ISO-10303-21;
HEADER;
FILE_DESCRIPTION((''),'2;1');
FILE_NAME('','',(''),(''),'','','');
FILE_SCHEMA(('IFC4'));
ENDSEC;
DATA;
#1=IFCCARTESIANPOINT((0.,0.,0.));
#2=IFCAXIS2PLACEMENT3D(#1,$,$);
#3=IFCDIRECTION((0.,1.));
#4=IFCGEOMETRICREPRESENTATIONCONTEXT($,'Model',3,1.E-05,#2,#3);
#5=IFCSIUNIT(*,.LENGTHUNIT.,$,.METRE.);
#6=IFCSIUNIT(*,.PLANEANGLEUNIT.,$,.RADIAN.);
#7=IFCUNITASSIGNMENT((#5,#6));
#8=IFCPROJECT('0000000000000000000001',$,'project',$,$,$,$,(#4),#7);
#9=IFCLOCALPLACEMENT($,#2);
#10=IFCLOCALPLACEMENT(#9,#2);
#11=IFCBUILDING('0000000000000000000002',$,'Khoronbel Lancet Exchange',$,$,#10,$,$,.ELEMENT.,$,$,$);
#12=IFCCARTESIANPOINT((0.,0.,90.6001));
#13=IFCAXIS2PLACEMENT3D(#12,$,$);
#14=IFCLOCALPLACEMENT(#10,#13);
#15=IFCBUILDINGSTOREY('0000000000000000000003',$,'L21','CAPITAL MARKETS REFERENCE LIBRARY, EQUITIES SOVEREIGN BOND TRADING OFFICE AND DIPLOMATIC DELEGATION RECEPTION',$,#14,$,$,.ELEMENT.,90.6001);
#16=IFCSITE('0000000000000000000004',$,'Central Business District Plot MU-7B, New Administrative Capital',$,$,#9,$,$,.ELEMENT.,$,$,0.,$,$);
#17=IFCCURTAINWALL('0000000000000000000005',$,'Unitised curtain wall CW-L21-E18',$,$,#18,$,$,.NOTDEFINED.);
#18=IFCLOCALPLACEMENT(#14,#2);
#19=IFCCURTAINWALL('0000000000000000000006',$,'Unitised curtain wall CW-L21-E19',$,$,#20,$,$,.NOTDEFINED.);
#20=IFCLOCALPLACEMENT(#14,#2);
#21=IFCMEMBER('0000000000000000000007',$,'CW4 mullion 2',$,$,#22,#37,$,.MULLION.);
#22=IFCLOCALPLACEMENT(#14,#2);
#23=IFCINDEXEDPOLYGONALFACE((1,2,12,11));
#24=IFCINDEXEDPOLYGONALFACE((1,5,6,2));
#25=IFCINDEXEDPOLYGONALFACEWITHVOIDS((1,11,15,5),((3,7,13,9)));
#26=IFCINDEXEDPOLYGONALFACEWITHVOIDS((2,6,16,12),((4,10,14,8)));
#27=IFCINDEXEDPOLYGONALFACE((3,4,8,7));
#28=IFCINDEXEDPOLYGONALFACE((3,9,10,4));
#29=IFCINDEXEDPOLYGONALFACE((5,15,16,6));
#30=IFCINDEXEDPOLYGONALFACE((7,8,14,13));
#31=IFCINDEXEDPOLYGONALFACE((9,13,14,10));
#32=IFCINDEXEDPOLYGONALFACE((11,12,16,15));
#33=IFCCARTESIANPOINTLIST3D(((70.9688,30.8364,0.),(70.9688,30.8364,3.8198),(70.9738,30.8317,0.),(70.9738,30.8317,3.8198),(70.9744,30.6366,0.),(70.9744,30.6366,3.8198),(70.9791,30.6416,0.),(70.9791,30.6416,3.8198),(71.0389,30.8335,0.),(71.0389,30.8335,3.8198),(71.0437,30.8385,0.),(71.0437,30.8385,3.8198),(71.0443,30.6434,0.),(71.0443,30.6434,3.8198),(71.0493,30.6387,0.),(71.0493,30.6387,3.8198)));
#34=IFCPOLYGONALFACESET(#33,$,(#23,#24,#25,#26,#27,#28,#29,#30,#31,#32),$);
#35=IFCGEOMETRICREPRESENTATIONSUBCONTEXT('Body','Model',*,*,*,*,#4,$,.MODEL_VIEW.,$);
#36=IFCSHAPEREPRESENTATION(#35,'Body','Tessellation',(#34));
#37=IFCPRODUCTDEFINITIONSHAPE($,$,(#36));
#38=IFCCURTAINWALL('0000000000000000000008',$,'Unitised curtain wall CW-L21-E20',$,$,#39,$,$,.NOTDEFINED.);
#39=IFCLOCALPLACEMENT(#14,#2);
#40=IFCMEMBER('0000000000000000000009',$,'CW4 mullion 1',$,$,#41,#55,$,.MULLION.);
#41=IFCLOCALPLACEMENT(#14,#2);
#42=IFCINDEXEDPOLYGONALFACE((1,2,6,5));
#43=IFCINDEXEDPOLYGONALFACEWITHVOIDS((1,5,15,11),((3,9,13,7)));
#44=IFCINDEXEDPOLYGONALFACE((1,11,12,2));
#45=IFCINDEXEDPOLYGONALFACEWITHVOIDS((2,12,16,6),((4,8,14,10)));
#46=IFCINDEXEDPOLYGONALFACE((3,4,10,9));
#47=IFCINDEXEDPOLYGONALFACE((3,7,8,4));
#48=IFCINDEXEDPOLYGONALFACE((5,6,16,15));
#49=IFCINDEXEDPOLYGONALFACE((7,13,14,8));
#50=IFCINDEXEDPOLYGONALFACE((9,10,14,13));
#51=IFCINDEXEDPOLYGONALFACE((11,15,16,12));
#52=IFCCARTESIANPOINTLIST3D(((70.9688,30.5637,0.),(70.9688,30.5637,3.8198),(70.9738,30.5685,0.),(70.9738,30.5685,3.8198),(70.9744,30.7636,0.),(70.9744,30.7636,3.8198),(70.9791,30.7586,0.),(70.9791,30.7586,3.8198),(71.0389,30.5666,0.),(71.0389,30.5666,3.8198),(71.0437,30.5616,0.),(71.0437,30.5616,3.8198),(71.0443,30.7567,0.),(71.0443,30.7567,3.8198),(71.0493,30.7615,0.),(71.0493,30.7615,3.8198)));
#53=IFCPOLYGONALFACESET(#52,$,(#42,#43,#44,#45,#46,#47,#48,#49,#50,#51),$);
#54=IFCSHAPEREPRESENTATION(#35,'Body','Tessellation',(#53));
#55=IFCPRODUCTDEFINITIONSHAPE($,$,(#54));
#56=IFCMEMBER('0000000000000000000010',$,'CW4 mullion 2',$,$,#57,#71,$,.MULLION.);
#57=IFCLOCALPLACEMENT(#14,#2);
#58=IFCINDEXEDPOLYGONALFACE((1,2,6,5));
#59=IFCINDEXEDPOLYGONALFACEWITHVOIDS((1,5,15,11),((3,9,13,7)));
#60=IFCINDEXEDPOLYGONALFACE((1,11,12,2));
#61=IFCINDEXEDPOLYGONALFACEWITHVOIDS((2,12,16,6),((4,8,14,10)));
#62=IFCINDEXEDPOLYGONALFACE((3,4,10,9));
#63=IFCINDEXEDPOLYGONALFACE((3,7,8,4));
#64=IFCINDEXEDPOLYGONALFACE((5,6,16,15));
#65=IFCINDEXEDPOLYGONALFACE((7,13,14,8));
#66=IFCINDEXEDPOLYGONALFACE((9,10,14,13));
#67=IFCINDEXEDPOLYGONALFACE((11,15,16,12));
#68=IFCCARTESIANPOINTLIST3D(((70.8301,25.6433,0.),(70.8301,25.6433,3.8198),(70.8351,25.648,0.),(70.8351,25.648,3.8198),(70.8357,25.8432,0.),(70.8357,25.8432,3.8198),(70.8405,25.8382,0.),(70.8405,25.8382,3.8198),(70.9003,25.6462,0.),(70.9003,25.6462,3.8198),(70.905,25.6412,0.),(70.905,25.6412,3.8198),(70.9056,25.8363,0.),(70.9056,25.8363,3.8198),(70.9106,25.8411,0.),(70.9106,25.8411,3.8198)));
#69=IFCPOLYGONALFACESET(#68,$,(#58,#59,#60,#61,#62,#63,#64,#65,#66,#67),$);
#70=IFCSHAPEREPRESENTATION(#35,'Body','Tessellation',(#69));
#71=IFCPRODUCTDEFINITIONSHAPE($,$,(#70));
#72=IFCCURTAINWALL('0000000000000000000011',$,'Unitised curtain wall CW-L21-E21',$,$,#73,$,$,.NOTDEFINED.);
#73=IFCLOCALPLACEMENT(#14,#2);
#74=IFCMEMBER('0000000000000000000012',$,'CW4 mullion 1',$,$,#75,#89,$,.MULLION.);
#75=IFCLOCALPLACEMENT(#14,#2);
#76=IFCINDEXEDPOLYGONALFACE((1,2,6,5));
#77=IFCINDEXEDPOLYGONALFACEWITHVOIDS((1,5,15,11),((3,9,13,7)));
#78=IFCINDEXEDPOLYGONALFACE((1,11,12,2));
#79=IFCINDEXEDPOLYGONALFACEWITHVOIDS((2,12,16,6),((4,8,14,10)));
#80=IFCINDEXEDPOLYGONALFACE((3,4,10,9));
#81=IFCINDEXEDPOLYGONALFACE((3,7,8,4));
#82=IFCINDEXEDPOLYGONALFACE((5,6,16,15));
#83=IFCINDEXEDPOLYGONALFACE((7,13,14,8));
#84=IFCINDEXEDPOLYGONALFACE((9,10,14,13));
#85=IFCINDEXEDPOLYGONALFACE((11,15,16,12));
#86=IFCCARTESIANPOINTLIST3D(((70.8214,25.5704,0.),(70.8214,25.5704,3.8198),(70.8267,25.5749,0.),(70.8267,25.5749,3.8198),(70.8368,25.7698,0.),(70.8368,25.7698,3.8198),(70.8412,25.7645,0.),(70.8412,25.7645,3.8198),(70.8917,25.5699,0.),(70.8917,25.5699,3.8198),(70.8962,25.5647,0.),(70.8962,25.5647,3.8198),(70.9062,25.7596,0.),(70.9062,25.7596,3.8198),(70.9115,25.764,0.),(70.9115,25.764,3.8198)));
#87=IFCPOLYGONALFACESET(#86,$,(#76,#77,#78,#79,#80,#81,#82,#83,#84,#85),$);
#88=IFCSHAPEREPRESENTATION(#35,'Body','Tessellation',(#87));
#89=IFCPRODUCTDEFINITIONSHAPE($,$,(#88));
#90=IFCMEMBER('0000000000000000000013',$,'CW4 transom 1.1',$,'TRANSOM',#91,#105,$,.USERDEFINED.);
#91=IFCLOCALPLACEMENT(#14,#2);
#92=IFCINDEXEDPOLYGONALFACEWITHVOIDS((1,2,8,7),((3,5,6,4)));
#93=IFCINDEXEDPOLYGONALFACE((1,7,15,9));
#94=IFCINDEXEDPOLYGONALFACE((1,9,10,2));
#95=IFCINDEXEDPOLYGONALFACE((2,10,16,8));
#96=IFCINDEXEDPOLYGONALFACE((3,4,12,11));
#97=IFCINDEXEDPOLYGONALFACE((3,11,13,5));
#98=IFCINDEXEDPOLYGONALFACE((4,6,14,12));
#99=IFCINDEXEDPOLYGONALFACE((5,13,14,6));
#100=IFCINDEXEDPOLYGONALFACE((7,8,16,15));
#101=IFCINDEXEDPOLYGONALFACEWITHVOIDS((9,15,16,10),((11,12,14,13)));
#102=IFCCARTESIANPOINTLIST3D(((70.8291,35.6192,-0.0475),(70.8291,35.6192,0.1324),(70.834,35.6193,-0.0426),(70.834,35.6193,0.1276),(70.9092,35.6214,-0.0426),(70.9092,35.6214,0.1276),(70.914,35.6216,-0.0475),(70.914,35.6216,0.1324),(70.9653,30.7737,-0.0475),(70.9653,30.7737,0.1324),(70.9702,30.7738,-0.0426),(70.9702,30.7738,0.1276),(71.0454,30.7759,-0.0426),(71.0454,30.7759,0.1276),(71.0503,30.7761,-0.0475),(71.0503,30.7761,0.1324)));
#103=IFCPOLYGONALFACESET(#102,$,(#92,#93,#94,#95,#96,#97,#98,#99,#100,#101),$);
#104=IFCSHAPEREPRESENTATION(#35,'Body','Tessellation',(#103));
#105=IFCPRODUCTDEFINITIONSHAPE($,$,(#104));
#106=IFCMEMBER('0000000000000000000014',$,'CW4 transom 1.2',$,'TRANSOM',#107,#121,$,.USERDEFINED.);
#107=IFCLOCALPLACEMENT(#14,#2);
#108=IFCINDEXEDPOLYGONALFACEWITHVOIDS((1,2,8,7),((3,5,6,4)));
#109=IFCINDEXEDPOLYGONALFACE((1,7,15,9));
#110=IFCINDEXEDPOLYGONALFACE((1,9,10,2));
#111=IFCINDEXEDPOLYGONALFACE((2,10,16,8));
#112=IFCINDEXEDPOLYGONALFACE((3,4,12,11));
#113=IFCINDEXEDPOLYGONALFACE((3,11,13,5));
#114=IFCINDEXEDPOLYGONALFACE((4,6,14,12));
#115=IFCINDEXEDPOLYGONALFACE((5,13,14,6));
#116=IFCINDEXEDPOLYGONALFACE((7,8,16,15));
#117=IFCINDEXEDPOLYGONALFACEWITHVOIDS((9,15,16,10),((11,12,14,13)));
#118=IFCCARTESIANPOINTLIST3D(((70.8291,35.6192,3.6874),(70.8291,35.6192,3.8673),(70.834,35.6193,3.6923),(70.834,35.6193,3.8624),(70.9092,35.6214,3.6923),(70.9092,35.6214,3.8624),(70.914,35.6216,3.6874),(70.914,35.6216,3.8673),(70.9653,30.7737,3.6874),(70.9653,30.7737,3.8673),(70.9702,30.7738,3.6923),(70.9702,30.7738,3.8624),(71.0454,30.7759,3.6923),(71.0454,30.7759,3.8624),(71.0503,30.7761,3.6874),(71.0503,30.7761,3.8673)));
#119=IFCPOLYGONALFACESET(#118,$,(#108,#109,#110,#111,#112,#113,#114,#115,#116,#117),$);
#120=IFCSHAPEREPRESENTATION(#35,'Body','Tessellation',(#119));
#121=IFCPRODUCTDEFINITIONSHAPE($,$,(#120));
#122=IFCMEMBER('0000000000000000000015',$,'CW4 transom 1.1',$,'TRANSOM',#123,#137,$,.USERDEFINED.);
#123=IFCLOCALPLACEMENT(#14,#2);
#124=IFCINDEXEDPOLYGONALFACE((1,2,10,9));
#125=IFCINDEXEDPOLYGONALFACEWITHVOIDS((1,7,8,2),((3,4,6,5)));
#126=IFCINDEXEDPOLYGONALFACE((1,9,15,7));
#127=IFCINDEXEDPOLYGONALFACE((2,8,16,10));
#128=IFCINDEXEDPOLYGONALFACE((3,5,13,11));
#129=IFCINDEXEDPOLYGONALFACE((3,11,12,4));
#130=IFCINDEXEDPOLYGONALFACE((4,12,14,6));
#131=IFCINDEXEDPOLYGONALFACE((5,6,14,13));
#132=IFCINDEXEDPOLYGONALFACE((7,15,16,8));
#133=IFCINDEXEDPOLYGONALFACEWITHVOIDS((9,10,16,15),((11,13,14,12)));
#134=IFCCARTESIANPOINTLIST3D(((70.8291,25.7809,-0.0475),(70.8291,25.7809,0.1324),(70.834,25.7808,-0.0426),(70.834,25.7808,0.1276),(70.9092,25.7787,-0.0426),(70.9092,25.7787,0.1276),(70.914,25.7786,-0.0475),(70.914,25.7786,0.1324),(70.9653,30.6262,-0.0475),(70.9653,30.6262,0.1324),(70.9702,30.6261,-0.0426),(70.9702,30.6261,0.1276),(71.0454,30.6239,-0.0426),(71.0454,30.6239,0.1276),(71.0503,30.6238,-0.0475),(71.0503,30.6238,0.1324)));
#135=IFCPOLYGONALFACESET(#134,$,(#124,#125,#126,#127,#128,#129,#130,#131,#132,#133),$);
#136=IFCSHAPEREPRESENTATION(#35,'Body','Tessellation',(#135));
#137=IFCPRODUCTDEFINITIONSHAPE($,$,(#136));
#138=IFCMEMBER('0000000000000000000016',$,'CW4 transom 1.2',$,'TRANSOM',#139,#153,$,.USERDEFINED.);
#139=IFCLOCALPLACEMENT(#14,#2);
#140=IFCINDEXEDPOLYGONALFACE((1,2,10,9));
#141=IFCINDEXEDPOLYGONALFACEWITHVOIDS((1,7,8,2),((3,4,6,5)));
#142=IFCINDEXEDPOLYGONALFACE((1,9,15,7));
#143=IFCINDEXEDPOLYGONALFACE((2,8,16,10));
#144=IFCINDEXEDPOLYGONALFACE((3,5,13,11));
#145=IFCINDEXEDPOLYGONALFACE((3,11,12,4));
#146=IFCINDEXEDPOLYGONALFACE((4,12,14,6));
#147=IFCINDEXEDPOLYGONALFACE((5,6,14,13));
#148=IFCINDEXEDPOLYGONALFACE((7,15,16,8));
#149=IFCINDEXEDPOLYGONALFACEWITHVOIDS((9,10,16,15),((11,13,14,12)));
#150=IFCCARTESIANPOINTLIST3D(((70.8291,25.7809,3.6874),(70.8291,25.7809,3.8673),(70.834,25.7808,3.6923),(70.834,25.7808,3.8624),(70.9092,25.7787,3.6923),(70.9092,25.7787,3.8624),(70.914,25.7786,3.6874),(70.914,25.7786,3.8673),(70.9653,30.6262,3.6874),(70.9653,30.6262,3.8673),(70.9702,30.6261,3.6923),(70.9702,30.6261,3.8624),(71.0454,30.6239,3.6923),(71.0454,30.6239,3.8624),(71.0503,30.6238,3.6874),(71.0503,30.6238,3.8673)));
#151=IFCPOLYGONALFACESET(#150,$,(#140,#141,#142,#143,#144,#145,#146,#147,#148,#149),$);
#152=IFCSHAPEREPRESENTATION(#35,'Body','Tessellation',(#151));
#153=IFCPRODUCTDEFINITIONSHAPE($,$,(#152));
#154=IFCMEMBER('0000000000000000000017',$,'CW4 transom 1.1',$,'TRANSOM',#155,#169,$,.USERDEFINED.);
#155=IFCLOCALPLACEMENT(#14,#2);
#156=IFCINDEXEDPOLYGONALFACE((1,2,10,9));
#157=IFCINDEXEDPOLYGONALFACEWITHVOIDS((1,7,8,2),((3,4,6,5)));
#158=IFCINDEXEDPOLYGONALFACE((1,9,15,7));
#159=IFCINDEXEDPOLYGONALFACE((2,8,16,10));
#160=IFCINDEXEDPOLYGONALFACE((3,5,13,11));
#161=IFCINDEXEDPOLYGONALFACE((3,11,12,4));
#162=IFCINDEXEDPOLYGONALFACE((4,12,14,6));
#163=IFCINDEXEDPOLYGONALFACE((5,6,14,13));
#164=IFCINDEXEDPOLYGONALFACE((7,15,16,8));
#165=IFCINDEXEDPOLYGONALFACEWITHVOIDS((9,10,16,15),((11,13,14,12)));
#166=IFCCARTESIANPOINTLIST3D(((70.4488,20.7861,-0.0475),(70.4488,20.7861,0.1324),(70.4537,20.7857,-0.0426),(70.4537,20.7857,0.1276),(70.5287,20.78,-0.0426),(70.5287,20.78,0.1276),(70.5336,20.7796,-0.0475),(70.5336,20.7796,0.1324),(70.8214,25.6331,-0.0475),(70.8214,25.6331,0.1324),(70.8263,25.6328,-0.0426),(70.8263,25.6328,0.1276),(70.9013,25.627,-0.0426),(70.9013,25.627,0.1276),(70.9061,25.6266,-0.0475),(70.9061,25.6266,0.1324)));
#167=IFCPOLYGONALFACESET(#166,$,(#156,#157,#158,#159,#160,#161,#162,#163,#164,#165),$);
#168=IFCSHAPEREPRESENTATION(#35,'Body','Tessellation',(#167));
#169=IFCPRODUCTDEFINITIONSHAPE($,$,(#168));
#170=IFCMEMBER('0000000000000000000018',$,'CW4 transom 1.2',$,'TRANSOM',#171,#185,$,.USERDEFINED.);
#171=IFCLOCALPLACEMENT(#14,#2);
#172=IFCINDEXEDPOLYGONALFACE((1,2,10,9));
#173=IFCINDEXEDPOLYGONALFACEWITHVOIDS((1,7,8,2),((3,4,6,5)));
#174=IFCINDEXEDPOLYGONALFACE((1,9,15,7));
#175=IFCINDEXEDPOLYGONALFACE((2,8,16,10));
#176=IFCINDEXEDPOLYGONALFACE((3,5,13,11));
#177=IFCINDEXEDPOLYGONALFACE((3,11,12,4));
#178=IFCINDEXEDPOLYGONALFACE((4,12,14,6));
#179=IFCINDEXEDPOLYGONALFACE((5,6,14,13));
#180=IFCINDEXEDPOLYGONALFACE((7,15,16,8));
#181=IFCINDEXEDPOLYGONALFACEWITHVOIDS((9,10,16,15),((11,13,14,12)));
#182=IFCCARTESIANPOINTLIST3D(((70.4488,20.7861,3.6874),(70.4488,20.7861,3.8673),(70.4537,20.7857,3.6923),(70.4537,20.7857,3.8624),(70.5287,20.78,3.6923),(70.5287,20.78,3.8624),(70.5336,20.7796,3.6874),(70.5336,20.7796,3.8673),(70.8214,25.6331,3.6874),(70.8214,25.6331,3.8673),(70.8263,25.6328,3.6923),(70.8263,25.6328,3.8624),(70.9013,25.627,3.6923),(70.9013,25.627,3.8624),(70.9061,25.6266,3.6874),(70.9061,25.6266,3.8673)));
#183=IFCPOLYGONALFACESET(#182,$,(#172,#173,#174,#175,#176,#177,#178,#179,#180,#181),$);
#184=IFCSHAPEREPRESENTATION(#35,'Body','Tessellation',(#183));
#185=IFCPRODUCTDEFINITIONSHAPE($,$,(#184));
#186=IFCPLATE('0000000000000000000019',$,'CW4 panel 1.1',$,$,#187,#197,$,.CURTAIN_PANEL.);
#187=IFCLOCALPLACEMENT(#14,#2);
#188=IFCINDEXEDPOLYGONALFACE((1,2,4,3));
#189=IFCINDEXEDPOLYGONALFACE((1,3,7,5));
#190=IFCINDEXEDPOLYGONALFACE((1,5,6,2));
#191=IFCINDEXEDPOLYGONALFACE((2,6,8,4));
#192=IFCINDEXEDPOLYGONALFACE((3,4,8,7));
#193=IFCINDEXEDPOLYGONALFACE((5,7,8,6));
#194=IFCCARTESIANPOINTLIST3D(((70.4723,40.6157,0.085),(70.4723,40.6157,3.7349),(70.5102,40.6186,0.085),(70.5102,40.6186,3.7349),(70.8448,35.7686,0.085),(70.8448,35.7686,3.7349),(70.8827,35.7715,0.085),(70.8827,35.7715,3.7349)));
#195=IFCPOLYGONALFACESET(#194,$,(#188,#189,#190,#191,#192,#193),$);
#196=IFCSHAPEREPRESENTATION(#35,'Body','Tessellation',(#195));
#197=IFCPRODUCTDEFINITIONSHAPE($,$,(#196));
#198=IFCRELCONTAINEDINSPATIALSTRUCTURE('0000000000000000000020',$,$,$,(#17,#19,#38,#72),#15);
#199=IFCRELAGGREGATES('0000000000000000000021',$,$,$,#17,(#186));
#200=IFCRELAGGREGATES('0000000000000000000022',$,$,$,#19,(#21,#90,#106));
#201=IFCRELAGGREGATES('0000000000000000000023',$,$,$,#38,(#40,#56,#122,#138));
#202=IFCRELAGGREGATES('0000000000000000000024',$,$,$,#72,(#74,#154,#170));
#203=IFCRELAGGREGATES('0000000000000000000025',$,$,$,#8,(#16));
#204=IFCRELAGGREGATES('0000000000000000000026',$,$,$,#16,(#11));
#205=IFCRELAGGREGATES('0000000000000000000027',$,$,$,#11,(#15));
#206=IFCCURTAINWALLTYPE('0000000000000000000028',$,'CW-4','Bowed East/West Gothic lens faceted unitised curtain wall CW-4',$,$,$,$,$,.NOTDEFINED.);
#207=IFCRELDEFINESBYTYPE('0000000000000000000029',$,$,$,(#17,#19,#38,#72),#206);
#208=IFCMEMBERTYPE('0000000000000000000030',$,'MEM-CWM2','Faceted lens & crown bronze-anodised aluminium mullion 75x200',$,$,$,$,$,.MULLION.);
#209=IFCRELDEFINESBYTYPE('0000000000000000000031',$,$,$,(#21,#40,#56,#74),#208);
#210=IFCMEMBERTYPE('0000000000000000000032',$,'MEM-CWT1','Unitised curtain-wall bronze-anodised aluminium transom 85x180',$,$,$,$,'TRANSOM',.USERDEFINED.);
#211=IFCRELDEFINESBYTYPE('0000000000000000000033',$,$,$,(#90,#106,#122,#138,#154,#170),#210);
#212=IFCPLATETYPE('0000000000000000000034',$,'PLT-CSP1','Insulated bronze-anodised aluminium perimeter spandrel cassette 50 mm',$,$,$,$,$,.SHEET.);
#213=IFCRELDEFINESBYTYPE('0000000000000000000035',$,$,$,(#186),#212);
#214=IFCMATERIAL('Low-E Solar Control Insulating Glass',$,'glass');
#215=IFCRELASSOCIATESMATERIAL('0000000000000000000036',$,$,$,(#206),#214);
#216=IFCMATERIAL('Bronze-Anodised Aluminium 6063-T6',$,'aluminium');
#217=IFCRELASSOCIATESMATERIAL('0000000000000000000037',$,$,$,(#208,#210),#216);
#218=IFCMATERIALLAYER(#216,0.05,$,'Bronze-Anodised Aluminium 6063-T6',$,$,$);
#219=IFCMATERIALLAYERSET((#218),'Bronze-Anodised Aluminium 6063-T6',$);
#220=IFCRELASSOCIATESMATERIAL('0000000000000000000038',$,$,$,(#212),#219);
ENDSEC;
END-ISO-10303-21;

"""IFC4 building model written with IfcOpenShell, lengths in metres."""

from ifc_helpers import new_model, si_unit, direction, frame, origin, origin_2d, place, context, subcontext, project, spatial, rectangle, hollow_rectangle, extrude, material, layer, layer_set, material_profile, profile_set, type_object, element, aggregate, save


model = new_model("IFC4")

# Units and contexts
model_context = context("Model", 3, precision=1e-05, world=origin(), true_north=direction((0.0, 1.0)))
body_context = subcontext(model_context, "Body", "Model", "MODEL_VIEW")
ifc_project = project(units=[si_unit("LENGTHUNIT", "METRE"), si_unit("PLANEANGLEUNIT", "RADIAN")], contexts=[model_context])

# Site, building, storey
site_placement = place(None, origin())
site = spatial("IfcSite", under=ifc_project, at=site_placement, Name="Central Business District Plot MU-7B, New Administrative Capital", CompositionType="ELEMENT", RefElevation=0.0)
building_placement = place(site_placement, origin())
building = spatial("IfcBuilding", under=site, at=building_placement, Name="Khoronbel Lancet Exchange", CompositionType="ELEMENT")
storey_placement = place(building_placement, frame((0.0, 0.0, 90.6001)))
storey = spatial("IfcBuildingStorey", under=building, at=storey_placement, Name="L21", Description="CAPITAL MARKETS REFERENCE LIBRARY, EQUITIES SOVEREIGN BOND TRADING OFFICE AND DIPLOMATIC DELEGATION RECEPTION", CompositionType="ELEMENT", Elevation=90.6001)

# Curtain wall
ifc_material_1 = material(Name="Low-E Solar Control Insulating Glass", Category="glass")
curtain_wall_type = type_object("IfcCurtainWallType", Name="CW-4", Description="Bowed East/West Gothic lens faceted unitised curtain wall CW-4", PredefinedType="NOTDEFINED", material=ifc_material_1)
curtain_wall_1_placement = place(storey_placement, origin())
curtain_wall_1 = element("IfcCurtainWall", 1, at=curtain_wall_1_placement, inside=storey, type_object=curtain_wall_type, Name="Unitised curtain wall CW-L21-E18", PredefinedType="NOTDEFINED")
ifc_material_2 = material(Name="Bronze-Anodised Aluminium 6063-T6", Category="aluminium")
ifc_material_profile_1 = material_profile(ifc_material_2, hollow_rectangle(XDim=0.075, YDim=0.2, WallThickness=0.0049, at=origin_2d()), Name="ALU MULLION 75x200")
ifc_profile_set_1 = profile_set([ifc_material_profile_1], Name="Bronze-Anodised Aluminium 6063-T6")
member_type_1 = type_object("IfcMemberType", Name="MEM-CWM2", Description="Faceted lens & crown bronze-anodised aluminium mullion 75x200", PredefinedType="MULLION", material=ifc_profile_set_1)

# Curtain walls, members
curtain_wall_2_placement = place(storey_placement, origin())
curtain_wall_2 = element("IfcCurtainWall", 2, at=curtain_wall_2_placement, inside=storey, type_object=curtain_wall_type, Name="Unitised curtain wall CW-L21-E19", PredefinedType="NOTDEFINED")
member_1_placement = place(storey_placement, frame((71.009, 30.7375, 0.0), z_axis=(0.0, 0.0, 1.0), x_axis=(0.999604, 0.028135, 0.0)))
member_1 = element("IfcMember", 3, at=member_1_placement, type_object=member_type_1, Name="CW4 mullion 2", PredefinedType="MULLION", context=body_context, shape_type="SweptSolid", body=[
    extrude(hollow_rectangle(XDim=0.075, YDim=0.2, WallThickness=0.0049, at=origin_2d()), origin(), (0.0, 0.0, 1.0), 3.8198),
])
curtain_wall_3_placement = place(storey_placement, origin())
curtain_wall_3 = element("IfcCurtainWall", 4, at=curtain_wall_3_placement, inside=storey, type_object=curtain_wall_type, Name="Unitised curtain wall CW-L21-E20", PredefinedType="NOTDEFINED")
member_2_placement = place(storey_placement, frame((71.009, 30.6626, 0.0), z_axis=(0.0, 0.0, 1.0), x_axis=(0.999604, -0.028135, 0.0)))
member_2 = element("IfcMember", 5, at=member_2_placement, type_object=member_type_1, Name="CW4 mullion 1", PredefinedType="MULLION", context=body_context, shape_type="SweptSolid", body=[
    extrude(hollow_rectangle(XDim=0.075, YDim=0.2, WallThickness=0.0049, at=origin_2d()), origin(), (0.0, 0.0, 1.0), 3.8198),
])
member_3_placement = place(storey_placement, frame((70.8704, 25.7422, 0.0), z_axis=(0.0, 0.0, 1.0), x_axis=(0.999604, -0.028135, 0.0)))
member_3 = element("IfcMember", 6, at=member_3_placement, type_object=member_type_1, Name="CW4 mullion 2", PredefinedType="MULLION", context=body_context, shape_type="SweptSolid", body=[
    extrude(hollow_rectangle(XDim=0.075, YDim=0.2, WallThickness=0.0049, at=origin_2d()), origin(), (0.0, 0.0, 1.0), 3.8198),
])

# Curtain wall, member
curtain_wall_4_placement = place(storey_placement, origin())
curtain_wall_4 = element("IfcCurtainWall", 7, at=curtain_wall_4_placement, inside=storey, type_object=curtain_wall_type, Name="Unitised curtain wall CW-L21-E21", PredefinedType="NOTDEFINED")
member_4_placement = place(storey_placement, frame((70.8665, 25.6672, 0.0), z_axis=(0.0, 0.0, 1.0), x_axis=(0.99706, -0.076626, 0.0)))
member_4 = element("IfcMember", 8, at=member_4_placement, type_object=member_type_1, Name="CW4 mullion 1", PredefinedType="MULLION", context=body_context, shape_type="SweptSolid", body=[
    extrude(hollow_rectangle(XDim=0.075, YDim=0.2, WallThickness=0.0049, at=origin_2d()), origin(), (0.0, 0.0, 1.0), 3.8198),
])

# Members
ifc_material_profile_2 = material_profile(ifc_material_2, hollow_rectangle(XDim=0.085, YDim=0.1799, WallThickness=0.0049, at=origin_2d()), Name="ALU TRANSOM 85x180")
ifc_profile_set_2 = profile_set([ifc_material_profile_2], Name="Bronze-Anodised Aluminium 6063-T6")
member_type_2 = type_object("IfcMemberType", Name="MEM-CWT1", Description="Unitised curtain-wall bronze-anodised aluminium transom 85x180", ElementType="TRANSOM", PredefinedType="USERDEFINED", material=ifc_profile_set_2)
member_5_placement = place(storey_placement, frame((70.8716, 35.6204, 0.0425), z_axis=(0.028104, -0.999605, 0.0), x_axis=(0.999605, 0.028104, 0.0)))
member_5 = element("IfcMember", 9, at=member_5_placement, type_object=member_type_2, Name="CW4 transom 1.1", ObjectType="TRANSOM", PredefinedType="USERDEFINED", context=body_context, shape_type="SweptSolid", body=[
    extrude(hollow_rectangle(XDim=0.085, YDim=0.1799, WallThickness=0.0049, at=origin_2d()), origin(), (0.0, 0.0, 1.0), 4.8474),
])
member_6_placement = place(storey_placement, frame((70.8716, 35.6204, 3.7773), z_axis=(0.028104, -0.999605, 0.0), x_axis=(0.999605, 0.028104, 0.0)))
member_6 = element("IfcMember", 10, at=member_6_placement, type_object=member_type_2, Name="CW4 transom 1.2", ObjectType="TRANSOM", PredefinedType="USERDEFINED", context=body_context, shape_type="SweptSolid", body=[
    extrude(hollow_rectangle(XDim=0.085, YDim=0.1799, WallThickness=0.0049, at=origin_2d()), origin(), (0.0, 0.0, 1.0), 4.8474),
])
member_7_placement = place(storey_placement, frame((71.0078, 30.625, 0.0425), z_axis=(-0.028105, -0.999605, 0.0), x_axis=(0.999605, -0.028105, 0.0)))
member_7 = element("IfcMember", 11, at=member_7_placement, type_object=member_type_2, Name="CW4 transom 1.1", ObjectType="TRANSOM", PredefinedType="USERDEFINED", context=body_context, shape_type="SweptSolid", body=[
    extrude(hollow_rectangle(XDim=0.085, YDim=0.1799, WallThickness=0.0049, at=origin_2d()), origin(), (0.0, 0.0, 1.0), 4.8472),
])
member_8_placement = place(storey_placement, frame((71.0078, 30.625, 3.7773), z_axis=(-0.028105, -0.999605, 0.0), x_axis=(0.999605, -0.028105, 0.0)))
member_8 = element("IfcMember", 12, at=member_8_placement, type_object=member_type_2, Name="CW4 transom 1.2", ObjectType="TRANSOM", PredefinedType="USERDEFINED", context=body_context, shape_type="SweptSolid", body=[
    extrude(hollow_rectangle(XDim=0.085, YDim=0.1799, WallThickness=0.0049, at=origin_2d()), origin(), (0.0, 0.0, 1.0), 4.8472),
])
member_9_placement = place(storey_placement, frame((70.8638, 25.6299, 0.0425), z_axis=(-0.076639, -0.997059, 0.0), x_axis=(0.997059, -0.076639, 0.0)))
member_9 = element("IfcMember", 13, at=member_9_placement, type_object=member_type_2, Name="CW4 transom 1.1", ObjectType="TRANSOM", PredefinedType="USERDEFINED", context=body_context, shape_type="SweptSolid", body=[
    extrude(hollow_rectangle(XDim=0.085, YDim=0.1799, WallThickness=0.0049, at=origin_2d()), origin(), (0.0, 0.0, 1.0), 4.8613),
])
member_10_placement = place(storey_placement, frame((70.8638, 25.6299, 3.7773), z_axis=(-0.076639, -0.997059, 0.0), x_axis=(0.997059, -0.076639, 0.0)))
member_10 = element("IfcMember", 14, at=member_10_placement, type_object=member_type_2, Name="CW4 transom 1.2", ObjectType="TRANSOM", PredefinedType="USERDEFINED", context=body_context, shape_type="SweptSolid", body=[
    extrude(hollow_rectangle(XDim=0.085, YDim=0.1799, WallThickness=0.0049, at=origin_2d()), origin(), (0.0, 0.0, 1.0), 4.8613),
])

# Plate
ifc_layer_1 = layer(ifc_material_2, 0.05, Name="Bronze-Anodised Aluminium 6063-T6")
ifc_layer_set_1 = layer_set([ifc_layer_1], Name="Bronze-Anodised Aluminium 6063-T6")
plate_type_1 = type_object("IfcPlateType", Name="PLT-CSP1", Description="Insulated bronze-anodised aluminium perimeter spandrel cassette 50 mm", PredefinedType="SHEET", material=ifc_layer_set_1)
plate_1_placement = place(storey_placement, frame((70.6775, 38.1936, 0.085), z_axis=(0.0, 0.0, 1.0), x_axis=(0.076626, -0.99706, 0.0)))
plate_1 = element("IfcPlate", 15, at=plate_1_placement, type_object=plate_type_1, Name="CW4 panel 1.1", PredefinedType="CURTAIN_PANEL", context=body_context, shape_type="SweptSolid", body=[
    extrude(rectangle(XDim=4.8613, YDim=0.0381, at=origin_2d()), origin(), (0.0, 0.0, 1.0), 3.6499),
])
aggregate(curtain_wall_1, [plate_1])
aggregate(curtain_wall_2, [member_1, member_5, member_6])
aggregate(curtain_wall_3, [member_2, member_3, member_7, member_8])
aggregate(curtain_wall_4, [member_4, member_9, member_10])

save(model, "model.ifc")
